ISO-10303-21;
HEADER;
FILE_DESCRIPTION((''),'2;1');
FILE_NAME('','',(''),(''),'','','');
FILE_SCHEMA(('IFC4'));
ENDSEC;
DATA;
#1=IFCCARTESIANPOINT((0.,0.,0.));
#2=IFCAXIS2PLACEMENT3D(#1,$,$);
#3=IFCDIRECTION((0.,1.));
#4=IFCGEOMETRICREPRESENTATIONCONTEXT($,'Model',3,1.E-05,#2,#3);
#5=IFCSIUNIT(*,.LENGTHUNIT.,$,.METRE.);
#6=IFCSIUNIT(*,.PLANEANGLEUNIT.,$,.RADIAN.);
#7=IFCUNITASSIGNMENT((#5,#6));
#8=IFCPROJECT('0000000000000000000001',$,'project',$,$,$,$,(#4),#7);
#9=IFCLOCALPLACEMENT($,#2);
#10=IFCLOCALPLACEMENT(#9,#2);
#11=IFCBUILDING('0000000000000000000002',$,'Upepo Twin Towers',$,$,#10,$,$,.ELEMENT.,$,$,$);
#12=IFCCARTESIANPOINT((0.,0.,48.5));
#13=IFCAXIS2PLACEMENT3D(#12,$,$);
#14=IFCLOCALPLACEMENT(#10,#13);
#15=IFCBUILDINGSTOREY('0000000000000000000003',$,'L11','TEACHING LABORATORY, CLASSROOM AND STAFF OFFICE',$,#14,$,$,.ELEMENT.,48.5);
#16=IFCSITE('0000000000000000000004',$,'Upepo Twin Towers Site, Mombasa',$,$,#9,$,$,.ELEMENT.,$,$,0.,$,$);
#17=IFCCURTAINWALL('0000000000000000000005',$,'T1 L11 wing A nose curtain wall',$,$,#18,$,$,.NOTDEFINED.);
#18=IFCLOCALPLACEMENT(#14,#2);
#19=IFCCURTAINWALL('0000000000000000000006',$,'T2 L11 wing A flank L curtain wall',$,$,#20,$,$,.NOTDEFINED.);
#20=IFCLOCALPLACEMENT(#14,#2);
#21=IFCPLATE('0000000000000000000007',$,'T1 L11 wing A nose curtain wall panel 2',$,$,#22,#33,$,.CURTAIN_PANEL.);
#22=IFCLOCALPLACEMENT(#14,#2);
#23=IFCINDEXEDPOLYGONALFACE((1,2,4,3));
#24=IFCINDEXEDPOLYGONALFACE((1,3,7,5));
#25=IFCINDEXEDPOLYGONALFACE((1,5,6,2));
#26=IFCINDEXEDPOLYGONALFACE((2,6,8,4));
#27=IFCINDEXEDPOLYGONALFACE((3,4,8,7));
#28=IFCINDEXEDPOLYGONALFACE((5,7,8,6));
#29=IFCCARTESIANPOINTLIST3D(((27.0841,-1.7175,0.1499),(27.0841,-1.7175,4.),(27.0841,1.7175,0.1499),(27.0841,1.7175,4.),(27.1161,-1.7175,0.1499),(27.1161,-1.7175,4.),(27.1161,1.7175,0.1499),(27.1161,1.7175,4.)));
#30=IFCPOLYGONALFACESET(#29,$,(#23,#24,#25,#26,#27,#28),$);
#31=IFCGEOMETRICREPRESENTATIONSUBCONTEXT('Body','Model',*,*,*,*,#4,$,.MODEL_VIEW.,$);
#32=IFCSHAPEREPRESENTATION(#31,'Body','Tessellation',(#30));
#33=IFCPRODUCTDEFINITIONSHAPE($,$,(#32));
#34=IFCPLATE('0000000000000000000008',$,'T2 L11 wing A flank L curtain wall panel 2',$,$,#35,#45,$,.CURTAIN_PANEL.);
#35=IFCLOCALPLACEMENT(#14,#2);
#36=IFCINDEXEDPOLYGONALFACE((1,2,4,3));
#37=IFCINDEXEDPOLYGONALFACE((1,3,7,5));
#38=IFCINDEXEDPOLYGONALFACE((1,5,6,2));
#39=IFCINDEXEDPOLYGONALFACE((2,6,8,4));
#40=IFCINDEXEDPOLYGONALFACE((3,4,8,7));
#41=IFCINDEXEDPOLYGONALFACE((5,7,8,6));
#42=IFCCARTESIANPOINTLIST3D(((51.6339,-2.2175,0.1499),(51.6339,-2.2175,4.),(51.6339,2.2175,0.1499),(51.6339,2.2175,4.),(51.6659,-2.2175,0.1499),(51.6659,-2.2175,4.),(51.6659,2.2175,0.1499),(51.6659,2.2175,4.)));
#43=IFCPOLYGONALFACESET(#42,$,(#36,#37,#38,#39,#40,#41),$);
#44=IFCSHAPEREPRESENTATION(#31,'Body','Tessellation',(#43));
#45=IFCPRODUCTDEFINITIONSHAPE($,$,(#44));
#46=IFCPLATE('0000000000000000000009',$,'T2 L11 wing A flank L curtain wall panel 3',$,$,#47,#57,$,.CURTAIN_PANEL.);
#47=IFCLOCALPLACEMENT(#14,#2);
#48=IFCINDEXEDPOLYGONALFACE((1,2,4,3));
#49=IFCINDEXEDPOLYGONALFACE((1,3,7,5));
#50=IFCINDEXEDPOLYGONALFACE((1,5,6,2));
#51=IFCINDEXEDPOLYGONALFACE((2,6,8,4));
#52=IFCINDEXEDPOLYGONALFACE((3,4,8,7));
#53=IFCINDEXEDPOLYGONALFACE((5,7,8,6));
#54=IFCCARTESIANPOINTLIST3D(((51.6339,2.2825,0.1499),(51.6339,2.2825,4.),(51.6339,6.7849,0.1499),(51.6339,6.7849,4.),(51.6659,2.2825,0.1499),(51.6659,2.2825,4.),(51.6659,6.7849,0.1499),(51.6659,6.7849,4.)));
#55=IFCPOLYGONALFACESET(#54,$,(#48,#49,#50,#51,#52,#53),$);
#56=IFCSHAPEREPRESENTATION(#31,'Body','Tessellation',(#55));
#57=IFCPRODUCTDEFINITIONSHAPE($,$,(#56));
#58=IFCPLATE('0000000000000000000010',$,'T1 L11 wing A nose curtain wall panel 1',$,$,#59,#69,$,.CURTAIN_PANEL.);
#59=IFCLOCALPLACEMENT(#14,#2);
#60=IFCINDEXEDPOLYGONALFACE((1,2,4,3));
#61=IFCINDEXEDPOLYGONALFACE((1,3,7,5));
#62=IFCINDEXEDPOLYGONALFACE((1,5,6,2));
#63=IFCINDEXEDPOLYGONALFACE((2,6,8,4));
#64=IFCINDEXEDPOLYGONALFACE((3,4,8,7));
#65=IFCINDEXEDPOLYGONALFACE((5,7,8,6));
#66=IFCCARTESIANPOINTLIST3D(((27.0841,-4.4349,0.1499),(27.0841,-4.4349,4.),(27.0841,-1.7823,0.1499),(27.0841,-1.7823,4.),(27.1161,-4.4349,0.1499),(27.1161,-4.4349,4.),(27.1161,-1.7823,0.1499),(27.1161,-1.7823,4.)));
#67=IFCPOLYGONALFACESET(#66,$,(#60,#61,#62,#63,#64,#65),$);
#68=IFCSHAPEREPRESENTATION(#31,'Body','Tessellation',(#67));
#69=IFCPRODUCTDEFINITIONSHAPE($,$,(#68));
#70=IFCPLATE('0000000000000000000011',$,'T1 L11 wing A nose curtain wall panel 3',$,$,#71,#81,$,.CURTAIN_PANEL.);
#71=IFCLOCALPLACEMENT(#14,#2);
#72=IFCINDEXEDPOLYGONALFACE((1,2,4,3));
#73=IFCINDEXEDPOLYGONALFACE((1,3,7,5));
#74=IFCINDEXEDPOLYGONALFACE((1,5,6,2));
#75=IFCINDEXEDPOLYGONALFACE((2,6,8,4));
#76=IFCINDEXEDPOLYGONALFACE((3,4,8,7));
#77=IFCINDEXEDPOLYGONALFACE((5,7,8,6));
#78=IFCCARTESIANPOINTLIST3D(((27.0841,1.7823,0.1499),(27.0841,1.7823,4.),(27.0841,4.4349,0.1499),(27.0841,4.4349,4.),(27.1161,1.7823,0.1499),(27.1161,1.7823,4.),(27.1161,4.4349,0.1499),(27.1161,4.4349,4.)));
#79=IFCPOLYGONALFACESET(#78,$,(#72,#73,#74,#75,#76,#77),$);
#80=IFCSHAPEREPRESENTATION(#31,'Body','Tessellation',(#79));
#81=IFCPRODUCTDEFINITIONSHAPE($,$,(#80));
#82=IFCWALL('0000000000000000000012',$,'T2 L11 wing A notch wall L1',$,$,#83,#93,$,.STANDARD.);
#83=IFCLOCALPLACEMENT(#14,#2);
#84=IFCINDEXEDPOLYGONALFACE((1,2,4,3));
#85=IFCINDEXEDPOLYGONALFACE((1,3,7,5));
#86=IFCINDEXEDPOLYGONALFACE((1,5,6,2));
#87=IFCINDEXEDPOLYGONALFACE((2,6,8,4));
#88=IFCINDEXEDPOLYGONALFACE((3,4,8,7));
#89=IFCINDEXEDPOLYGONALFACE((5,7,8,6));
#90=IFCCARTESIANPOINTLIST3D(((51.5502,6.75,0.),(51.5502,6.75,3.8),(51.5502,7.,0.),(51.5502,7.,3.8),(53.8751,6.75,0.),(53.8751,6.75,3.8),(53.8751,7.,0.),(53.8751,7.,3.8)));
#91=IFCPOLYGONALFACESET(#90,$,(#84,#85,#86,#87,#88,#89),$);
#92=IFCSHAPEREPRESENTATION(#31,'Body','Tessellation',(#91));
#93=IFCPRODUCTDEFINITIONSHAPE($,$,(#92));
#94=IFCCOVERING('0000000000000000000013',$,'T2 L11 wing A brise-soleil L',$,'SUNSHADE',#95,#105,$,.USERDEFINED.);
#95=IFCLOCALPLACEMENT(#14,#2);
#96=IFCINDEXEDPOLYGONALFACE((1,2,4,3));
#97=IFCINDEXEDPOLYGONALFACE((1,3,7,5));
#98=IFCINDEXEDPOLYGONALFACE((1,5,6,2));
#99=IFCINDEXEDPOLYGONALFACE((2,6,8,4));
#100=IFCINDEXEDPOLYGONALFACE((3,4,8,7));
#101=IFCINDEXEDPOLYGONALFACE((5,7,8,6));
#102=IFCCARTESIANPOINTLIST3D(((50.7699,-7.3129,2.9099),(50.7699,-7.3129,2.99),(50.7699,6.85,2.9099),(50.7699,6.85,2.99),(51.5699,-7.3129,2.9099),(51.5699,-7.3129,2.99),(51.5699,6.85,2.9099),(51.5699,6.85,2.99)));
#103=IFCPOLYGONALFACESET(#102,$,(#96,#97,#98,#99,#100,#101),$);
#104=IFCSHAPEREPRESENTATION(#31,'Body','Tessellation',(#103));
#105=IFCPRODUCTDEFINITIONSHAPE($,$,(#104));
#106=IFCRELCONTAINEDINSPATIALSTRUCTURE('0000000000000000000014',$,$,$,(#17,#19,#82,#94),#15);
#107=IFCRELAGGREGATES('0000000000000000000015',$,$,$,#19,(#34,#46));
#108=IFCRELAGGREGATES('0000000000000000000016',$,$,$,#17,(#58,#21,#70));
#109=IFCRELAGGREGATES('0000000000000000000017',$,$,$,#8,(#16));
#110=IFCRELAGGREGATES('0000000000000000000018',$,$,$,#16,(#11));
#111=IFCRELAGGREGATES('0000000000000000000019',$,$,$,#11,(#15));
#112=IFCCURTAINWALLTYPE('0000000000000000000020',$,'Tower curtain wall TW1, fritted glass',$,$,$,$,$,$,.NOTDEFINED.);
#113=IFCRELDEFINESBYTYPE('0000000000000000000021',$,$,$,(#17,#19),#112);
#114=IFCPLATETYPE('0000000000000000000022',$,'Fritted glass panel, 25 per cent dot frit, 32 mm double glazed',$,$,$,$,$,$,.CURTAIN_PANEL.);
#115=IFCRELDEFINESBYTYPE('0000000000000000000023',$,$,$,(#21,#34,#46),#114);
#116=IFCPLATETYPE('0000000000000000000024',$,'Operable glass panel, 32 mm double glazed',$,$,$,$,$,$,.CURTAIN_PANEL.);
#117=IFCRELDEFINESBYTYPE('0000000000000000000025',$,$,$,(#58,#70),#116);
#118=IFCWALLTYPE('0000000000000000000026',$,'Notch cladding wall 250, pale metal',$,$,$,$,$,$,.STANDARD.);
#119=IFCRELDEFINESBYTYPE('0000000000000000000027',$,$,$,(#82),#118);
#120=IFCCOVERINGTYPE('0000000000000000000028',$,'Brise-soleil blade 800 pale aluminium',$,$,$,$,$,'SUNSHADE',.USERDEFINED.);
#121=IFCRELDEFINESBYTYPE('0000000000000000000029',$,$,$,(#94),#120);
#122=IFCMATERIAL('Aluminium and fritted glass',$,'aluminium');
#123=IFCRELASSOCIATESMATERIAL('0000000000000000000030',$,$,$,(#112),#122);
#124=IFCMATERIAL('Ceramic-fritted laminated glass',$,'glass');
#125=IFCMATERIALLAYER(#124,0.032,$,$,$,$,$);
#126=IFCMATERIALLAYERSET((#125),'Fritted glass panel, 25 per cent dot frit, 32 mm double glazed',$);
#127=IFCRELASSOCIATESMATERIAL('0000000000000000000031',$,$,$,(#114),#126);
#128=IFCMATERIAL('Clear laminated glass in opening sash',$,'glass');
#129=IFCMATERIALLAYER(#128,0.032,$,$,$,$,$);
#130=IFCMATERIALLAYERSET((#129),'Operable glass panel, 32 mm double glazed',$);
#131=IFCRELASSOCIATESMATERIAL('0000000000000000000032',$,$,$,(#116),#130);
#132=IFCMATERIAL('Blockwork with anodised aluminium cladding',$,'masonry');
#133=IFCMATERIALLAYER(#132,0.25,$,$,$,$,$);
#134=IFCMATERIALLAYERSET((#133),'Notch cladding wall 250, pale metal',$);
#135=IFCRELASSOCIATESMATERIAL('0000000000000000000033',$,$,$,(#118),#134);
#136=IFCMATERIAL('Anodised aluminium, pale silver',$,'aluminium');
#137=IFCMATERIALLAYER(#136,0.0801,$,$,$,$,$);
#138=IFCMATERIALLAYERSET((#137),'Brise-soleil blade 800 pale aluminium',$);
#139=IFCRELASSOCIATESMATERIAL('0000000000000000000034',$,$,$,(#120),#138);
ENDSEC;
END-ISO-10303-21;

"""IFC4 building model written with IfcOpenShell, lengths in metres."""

from ifc_helpers import new_model, si_unit, direction, frame, frame_2d, origin, origin_2d, place, context, subcontext, project, spatial, rectangle, extrude, material, layer, layer_set, type_object, element, aggregate, save


model = new_model("IFC4")

# Units and contexts
model_context = context("Model", 3, precision=1e-05, world=origin(), true_north=direction((0.0, 1.0)))
body_context = subcontext(model_context, "Body", "Model", "MODEL_VIEW")
ifc_project = project(units=[si_unit("LENGTHUNIT", "METRE"), si_unit("PLANEANGLEUNIT", "RADIAN")], contexts=[model_context])

# Site, building, storey
site_placement = place(None, origin())
site = spatial("IfcSite", under=ifc_project, at=site_placement, Name="Upepo Twin Towers Site, Mombasa", CompositionType="ELEMENT", RefElevation=0.0)
building_placement = place(site_placement, origin())
building = spatial("IfcBuilding", under=site, at=building_placement, Name="Upepo Twin Towers", CompositionType="ELEMENT")
storey_placement = place(building_placement, frame((0.0, 0.0, 48.5)))
storey = spatial("IfcBuildingStorey", under=building, at=storey_placement, Name="L11", Description="TEACHING LABORATORY, CLASSROOM AND STAFF OFFICE", CompositionType="ELEMENT", Elevation=48.5)

# Curtain wall
ifc_material_1 = material(Name="Aluminium and fritted glass", Category="aluminium")
curtain_wall_type = type_object("IfcCurtainWallType", Name="Tower curtain wall TW1, fritted glass", PredefinedType="NOTDEFINED", material=ifc_material_1)
curtain_wall_1_placement = place(storey_placement, origin())
curtain_wall_1 = element("IfcCurtainWall", 1, at=curtain_wall_1_placement, inside=storey, type_object=curtain_wall_type, Name="T1 L11 wing A nose curtain wall", PredefinedType="NOTDEFINED")

# Curtain wall
curtain_wall_2_placement = place(storey_placement, origin())
curtain_wall_2 = element("IfcCurtainWall", 2, at=curtain_wall_2_placement, inside=storey, type_object=curtain_wall_type, Name="T2 L11 wing A flank L curtain wall", PredefinedType="NOTDEFINED")

# Plates
ifc_material_2 = material(Name="Ceramic-fritted laminated glass", Category="glass")
ifc_layer_1 = layer(ifc_material_2, 0.032)
ifc_layer_set_1 = layer_set([ifc_layer_1], Name="Fritted glass panel, 25 per cent dot frit, 32 mm double glazed")
plate_type_1 = type_object("IfcPlateType", Name="Fritted glass panel, 25 per cent dot frit, 32 mm double glazed", PredefinedType="CURTAIN_PANEL", material=ifc_layer_set_1)
plate_1_placement = place(storey_placement, frame((27.1001, 0.0, 0.1499), z_axis=(0.0, 0.0, 1.0), x_axis=(0.0, 1.0, 0.0)))
plate_1 = element("IfcPlate", 3, at=plate_1_placement, type_object=plate_type_1, Name="T1 L11 wing A nose curtain wall panel 2", PredefinedType="CURTAIN_PANEL", context=body_context, shape_type="SweptSolid", body=[
    extrude(rectangle(XDim=3.4351, YDim=0.032, at=origin_2d()), origin(), (0.0, 0.0, 1.0), 3.8501),
])
plate_2_placement = place(storey_placement, frame((51.6499, 0.0, 0.1499), z_axis=(0.0, 0.0, 1.0), x_axis=(0.0, 1.0, 0.0)))
plate_2 = element("IfcPlate", 4, at=plate_2_placement, type_object=plate_type_1, Name="T2 L11 wing A flank L curtain wall panel 2", PredefinedType="CURTAIN_PANEL", context=body_context, shape_type="SweptSolid", body=[
    extrude(rectangle(XDim=4.4351, YDim=0.032, at=origin_2d()), origin(), (0.0, 0.0, 1.0), 3.8501),
])
plate_3_placement = place(storey_placement, frame((51.6499, 4.5337, 0.1499), z_axis=(0.0, 0.0, 1.0), x_axis=(0.0, 1.0, 0.0)))
plate_3 = element("IfcPlate", 5, at=plate_3_placement, type_object=plate_type_1, Name="T2 L11 wing A flank L curtain wall panel 3", PredefinedType="CURTAIN_PANEL", context=body_context, shape_type="SweptSolid", body=[
    extrude(rectangle(XDim=4.5024, YDim=0.032, at=origin_2d()), origin(), (0.0, 0.0, 1.0), 3.8501),
])
aggregate(curtain_wall_2, [plate_2, plate_3])
ifc_material_3 = material(Name="Clear laminated glass in opening sash", Category="glass")
ifc_layer_2 = layer(ifc_material_3, 0.032)
ifc_layer_set_2 = layer_set([ifc_layer_2], Name="Operable glass panel, 32 mm double glazed")
plate_type_2 = type_object("IfcPlateType", Name="Operable glass panel, 32 mm double glazed", PredefinedType="CURTAIN_PANEL", material=ifc_layer_set_2)
plate_4_placement = place(storey_placement, frame((27.1001, -3.1086, 0.1499), z_axis=(0.0, 0.0, 1.0), x_axis=(0.0, 1.0, 0.0)))
plate_4 = element("IfcPlate", 6, at=plate_4_placement, type_object=plate_type_2, Name="T1 L11 wing A nose curtain wall panel 1", PredefinedType="CURTAIN_PANEL", context=body_context, shape_type="SweptSolid", body=[
    extrude(rectangle(XDim=2.6526, YDim=0.032, at=origin_2d()), origin(), (0.0, 0.0, 1.0), 3.8501),
])
plate_5_placement = place(storey_placement, frame((27.1001, 3.1086, 0.1499), z_axis=(0.0, 0.0, 1.0), x_axis=(0.0, 1.0, 0.0)))
plate_5 = element("IfcPlate", 7, at=plate_5_placement, type_object=plate_type_2, Name="T1 L11 wing A nose curtain wall panel 3", PredefinedType="CURTAIN_PANEL", context=body_context, shape_type="SweptSolid", body=[
    extrude(rectangle(XDim=2.6526, YDim=0.032, at=origin_2d()), origin(), (0.0, 0.0, 1.0), 3.8501),
])
aggregate(curtain_wall_1, [plate_4, plate_1, plate_5])

# Wall
ifc_material_4 = material(Name="Blockwork with anodised aluminium cladding", Category="masonry")
ifc_layer_3 = layer(ifc_material_4, 0.25)
ifc_layer_set_3 = layer_set([ifc_layer_3], Name="Notch cladding wall 250, pale metal")
wall_type = type_object("IfcWallType", Name="Notch cladding wall 250, pale metal", PredefinedType="STANDARD", material=ifc_layer_set_3)
wall_placement = place(storey_placement, frame((51.55, 6.875, 0.0), z_axis=(0.0, 0.0, 1.0), x_axis=(1.0, 0.0, 0.0)))
element("IfcWall", 8, at=wall_placement, inside=storey, type_object=wall_type, Name="T2 L11 wing A notch wall L1", PredefinedType="STANDARD", context=body_context, shape_type="SweptSolid", body=[
    extrude(rectangle(XDim=2.325, YDim=0.25, at=frame_2d((1.1626, 0.0))), origin(), (0.0, 0.0, 1.0), 3.8),
])

# Covering
ifc_material_5 = material(Name="Anodised aluminium, pale silver", Category="aluminium")
ifc_layer_4 = layer(ifc_material_5, 0.0801)
ifc_layer_set_4 = layer_set([ifc_layer_4], Name="Brise-soleil blade 800 pale aluminium")
covering_type = type_object("IfcCoveringType", Name="Brise-soleil blade 800 pale aluminium", ElementType="SUNSHADE", PredefinedType="USERDEFINED", material=ifc_layer_set_4)
covering_placement = place(storey_placement, frame((51.1699, -0.2314, 2.9099), z_axis=(0.0, 0.0, 1.0), x_axis=(0.0, 1.0, 0.0)))
element("IfcCovering", 9, at=covering_placement, inside=storey, type_object=covering_type, Name="T2 L11 wing A brise-soleil L", ObjectType="SUNSHADE", PredefinedType="USERDEFINED", context=body_context, shape_type="SweptSolid", body=[
    extrude(rectangle(XDim=14.1628, YDim=0.8, at=origin_2d()), origin(), (0.0, 0.0, 1.0), 0.0801),
])

save(model, "model.ifc")
